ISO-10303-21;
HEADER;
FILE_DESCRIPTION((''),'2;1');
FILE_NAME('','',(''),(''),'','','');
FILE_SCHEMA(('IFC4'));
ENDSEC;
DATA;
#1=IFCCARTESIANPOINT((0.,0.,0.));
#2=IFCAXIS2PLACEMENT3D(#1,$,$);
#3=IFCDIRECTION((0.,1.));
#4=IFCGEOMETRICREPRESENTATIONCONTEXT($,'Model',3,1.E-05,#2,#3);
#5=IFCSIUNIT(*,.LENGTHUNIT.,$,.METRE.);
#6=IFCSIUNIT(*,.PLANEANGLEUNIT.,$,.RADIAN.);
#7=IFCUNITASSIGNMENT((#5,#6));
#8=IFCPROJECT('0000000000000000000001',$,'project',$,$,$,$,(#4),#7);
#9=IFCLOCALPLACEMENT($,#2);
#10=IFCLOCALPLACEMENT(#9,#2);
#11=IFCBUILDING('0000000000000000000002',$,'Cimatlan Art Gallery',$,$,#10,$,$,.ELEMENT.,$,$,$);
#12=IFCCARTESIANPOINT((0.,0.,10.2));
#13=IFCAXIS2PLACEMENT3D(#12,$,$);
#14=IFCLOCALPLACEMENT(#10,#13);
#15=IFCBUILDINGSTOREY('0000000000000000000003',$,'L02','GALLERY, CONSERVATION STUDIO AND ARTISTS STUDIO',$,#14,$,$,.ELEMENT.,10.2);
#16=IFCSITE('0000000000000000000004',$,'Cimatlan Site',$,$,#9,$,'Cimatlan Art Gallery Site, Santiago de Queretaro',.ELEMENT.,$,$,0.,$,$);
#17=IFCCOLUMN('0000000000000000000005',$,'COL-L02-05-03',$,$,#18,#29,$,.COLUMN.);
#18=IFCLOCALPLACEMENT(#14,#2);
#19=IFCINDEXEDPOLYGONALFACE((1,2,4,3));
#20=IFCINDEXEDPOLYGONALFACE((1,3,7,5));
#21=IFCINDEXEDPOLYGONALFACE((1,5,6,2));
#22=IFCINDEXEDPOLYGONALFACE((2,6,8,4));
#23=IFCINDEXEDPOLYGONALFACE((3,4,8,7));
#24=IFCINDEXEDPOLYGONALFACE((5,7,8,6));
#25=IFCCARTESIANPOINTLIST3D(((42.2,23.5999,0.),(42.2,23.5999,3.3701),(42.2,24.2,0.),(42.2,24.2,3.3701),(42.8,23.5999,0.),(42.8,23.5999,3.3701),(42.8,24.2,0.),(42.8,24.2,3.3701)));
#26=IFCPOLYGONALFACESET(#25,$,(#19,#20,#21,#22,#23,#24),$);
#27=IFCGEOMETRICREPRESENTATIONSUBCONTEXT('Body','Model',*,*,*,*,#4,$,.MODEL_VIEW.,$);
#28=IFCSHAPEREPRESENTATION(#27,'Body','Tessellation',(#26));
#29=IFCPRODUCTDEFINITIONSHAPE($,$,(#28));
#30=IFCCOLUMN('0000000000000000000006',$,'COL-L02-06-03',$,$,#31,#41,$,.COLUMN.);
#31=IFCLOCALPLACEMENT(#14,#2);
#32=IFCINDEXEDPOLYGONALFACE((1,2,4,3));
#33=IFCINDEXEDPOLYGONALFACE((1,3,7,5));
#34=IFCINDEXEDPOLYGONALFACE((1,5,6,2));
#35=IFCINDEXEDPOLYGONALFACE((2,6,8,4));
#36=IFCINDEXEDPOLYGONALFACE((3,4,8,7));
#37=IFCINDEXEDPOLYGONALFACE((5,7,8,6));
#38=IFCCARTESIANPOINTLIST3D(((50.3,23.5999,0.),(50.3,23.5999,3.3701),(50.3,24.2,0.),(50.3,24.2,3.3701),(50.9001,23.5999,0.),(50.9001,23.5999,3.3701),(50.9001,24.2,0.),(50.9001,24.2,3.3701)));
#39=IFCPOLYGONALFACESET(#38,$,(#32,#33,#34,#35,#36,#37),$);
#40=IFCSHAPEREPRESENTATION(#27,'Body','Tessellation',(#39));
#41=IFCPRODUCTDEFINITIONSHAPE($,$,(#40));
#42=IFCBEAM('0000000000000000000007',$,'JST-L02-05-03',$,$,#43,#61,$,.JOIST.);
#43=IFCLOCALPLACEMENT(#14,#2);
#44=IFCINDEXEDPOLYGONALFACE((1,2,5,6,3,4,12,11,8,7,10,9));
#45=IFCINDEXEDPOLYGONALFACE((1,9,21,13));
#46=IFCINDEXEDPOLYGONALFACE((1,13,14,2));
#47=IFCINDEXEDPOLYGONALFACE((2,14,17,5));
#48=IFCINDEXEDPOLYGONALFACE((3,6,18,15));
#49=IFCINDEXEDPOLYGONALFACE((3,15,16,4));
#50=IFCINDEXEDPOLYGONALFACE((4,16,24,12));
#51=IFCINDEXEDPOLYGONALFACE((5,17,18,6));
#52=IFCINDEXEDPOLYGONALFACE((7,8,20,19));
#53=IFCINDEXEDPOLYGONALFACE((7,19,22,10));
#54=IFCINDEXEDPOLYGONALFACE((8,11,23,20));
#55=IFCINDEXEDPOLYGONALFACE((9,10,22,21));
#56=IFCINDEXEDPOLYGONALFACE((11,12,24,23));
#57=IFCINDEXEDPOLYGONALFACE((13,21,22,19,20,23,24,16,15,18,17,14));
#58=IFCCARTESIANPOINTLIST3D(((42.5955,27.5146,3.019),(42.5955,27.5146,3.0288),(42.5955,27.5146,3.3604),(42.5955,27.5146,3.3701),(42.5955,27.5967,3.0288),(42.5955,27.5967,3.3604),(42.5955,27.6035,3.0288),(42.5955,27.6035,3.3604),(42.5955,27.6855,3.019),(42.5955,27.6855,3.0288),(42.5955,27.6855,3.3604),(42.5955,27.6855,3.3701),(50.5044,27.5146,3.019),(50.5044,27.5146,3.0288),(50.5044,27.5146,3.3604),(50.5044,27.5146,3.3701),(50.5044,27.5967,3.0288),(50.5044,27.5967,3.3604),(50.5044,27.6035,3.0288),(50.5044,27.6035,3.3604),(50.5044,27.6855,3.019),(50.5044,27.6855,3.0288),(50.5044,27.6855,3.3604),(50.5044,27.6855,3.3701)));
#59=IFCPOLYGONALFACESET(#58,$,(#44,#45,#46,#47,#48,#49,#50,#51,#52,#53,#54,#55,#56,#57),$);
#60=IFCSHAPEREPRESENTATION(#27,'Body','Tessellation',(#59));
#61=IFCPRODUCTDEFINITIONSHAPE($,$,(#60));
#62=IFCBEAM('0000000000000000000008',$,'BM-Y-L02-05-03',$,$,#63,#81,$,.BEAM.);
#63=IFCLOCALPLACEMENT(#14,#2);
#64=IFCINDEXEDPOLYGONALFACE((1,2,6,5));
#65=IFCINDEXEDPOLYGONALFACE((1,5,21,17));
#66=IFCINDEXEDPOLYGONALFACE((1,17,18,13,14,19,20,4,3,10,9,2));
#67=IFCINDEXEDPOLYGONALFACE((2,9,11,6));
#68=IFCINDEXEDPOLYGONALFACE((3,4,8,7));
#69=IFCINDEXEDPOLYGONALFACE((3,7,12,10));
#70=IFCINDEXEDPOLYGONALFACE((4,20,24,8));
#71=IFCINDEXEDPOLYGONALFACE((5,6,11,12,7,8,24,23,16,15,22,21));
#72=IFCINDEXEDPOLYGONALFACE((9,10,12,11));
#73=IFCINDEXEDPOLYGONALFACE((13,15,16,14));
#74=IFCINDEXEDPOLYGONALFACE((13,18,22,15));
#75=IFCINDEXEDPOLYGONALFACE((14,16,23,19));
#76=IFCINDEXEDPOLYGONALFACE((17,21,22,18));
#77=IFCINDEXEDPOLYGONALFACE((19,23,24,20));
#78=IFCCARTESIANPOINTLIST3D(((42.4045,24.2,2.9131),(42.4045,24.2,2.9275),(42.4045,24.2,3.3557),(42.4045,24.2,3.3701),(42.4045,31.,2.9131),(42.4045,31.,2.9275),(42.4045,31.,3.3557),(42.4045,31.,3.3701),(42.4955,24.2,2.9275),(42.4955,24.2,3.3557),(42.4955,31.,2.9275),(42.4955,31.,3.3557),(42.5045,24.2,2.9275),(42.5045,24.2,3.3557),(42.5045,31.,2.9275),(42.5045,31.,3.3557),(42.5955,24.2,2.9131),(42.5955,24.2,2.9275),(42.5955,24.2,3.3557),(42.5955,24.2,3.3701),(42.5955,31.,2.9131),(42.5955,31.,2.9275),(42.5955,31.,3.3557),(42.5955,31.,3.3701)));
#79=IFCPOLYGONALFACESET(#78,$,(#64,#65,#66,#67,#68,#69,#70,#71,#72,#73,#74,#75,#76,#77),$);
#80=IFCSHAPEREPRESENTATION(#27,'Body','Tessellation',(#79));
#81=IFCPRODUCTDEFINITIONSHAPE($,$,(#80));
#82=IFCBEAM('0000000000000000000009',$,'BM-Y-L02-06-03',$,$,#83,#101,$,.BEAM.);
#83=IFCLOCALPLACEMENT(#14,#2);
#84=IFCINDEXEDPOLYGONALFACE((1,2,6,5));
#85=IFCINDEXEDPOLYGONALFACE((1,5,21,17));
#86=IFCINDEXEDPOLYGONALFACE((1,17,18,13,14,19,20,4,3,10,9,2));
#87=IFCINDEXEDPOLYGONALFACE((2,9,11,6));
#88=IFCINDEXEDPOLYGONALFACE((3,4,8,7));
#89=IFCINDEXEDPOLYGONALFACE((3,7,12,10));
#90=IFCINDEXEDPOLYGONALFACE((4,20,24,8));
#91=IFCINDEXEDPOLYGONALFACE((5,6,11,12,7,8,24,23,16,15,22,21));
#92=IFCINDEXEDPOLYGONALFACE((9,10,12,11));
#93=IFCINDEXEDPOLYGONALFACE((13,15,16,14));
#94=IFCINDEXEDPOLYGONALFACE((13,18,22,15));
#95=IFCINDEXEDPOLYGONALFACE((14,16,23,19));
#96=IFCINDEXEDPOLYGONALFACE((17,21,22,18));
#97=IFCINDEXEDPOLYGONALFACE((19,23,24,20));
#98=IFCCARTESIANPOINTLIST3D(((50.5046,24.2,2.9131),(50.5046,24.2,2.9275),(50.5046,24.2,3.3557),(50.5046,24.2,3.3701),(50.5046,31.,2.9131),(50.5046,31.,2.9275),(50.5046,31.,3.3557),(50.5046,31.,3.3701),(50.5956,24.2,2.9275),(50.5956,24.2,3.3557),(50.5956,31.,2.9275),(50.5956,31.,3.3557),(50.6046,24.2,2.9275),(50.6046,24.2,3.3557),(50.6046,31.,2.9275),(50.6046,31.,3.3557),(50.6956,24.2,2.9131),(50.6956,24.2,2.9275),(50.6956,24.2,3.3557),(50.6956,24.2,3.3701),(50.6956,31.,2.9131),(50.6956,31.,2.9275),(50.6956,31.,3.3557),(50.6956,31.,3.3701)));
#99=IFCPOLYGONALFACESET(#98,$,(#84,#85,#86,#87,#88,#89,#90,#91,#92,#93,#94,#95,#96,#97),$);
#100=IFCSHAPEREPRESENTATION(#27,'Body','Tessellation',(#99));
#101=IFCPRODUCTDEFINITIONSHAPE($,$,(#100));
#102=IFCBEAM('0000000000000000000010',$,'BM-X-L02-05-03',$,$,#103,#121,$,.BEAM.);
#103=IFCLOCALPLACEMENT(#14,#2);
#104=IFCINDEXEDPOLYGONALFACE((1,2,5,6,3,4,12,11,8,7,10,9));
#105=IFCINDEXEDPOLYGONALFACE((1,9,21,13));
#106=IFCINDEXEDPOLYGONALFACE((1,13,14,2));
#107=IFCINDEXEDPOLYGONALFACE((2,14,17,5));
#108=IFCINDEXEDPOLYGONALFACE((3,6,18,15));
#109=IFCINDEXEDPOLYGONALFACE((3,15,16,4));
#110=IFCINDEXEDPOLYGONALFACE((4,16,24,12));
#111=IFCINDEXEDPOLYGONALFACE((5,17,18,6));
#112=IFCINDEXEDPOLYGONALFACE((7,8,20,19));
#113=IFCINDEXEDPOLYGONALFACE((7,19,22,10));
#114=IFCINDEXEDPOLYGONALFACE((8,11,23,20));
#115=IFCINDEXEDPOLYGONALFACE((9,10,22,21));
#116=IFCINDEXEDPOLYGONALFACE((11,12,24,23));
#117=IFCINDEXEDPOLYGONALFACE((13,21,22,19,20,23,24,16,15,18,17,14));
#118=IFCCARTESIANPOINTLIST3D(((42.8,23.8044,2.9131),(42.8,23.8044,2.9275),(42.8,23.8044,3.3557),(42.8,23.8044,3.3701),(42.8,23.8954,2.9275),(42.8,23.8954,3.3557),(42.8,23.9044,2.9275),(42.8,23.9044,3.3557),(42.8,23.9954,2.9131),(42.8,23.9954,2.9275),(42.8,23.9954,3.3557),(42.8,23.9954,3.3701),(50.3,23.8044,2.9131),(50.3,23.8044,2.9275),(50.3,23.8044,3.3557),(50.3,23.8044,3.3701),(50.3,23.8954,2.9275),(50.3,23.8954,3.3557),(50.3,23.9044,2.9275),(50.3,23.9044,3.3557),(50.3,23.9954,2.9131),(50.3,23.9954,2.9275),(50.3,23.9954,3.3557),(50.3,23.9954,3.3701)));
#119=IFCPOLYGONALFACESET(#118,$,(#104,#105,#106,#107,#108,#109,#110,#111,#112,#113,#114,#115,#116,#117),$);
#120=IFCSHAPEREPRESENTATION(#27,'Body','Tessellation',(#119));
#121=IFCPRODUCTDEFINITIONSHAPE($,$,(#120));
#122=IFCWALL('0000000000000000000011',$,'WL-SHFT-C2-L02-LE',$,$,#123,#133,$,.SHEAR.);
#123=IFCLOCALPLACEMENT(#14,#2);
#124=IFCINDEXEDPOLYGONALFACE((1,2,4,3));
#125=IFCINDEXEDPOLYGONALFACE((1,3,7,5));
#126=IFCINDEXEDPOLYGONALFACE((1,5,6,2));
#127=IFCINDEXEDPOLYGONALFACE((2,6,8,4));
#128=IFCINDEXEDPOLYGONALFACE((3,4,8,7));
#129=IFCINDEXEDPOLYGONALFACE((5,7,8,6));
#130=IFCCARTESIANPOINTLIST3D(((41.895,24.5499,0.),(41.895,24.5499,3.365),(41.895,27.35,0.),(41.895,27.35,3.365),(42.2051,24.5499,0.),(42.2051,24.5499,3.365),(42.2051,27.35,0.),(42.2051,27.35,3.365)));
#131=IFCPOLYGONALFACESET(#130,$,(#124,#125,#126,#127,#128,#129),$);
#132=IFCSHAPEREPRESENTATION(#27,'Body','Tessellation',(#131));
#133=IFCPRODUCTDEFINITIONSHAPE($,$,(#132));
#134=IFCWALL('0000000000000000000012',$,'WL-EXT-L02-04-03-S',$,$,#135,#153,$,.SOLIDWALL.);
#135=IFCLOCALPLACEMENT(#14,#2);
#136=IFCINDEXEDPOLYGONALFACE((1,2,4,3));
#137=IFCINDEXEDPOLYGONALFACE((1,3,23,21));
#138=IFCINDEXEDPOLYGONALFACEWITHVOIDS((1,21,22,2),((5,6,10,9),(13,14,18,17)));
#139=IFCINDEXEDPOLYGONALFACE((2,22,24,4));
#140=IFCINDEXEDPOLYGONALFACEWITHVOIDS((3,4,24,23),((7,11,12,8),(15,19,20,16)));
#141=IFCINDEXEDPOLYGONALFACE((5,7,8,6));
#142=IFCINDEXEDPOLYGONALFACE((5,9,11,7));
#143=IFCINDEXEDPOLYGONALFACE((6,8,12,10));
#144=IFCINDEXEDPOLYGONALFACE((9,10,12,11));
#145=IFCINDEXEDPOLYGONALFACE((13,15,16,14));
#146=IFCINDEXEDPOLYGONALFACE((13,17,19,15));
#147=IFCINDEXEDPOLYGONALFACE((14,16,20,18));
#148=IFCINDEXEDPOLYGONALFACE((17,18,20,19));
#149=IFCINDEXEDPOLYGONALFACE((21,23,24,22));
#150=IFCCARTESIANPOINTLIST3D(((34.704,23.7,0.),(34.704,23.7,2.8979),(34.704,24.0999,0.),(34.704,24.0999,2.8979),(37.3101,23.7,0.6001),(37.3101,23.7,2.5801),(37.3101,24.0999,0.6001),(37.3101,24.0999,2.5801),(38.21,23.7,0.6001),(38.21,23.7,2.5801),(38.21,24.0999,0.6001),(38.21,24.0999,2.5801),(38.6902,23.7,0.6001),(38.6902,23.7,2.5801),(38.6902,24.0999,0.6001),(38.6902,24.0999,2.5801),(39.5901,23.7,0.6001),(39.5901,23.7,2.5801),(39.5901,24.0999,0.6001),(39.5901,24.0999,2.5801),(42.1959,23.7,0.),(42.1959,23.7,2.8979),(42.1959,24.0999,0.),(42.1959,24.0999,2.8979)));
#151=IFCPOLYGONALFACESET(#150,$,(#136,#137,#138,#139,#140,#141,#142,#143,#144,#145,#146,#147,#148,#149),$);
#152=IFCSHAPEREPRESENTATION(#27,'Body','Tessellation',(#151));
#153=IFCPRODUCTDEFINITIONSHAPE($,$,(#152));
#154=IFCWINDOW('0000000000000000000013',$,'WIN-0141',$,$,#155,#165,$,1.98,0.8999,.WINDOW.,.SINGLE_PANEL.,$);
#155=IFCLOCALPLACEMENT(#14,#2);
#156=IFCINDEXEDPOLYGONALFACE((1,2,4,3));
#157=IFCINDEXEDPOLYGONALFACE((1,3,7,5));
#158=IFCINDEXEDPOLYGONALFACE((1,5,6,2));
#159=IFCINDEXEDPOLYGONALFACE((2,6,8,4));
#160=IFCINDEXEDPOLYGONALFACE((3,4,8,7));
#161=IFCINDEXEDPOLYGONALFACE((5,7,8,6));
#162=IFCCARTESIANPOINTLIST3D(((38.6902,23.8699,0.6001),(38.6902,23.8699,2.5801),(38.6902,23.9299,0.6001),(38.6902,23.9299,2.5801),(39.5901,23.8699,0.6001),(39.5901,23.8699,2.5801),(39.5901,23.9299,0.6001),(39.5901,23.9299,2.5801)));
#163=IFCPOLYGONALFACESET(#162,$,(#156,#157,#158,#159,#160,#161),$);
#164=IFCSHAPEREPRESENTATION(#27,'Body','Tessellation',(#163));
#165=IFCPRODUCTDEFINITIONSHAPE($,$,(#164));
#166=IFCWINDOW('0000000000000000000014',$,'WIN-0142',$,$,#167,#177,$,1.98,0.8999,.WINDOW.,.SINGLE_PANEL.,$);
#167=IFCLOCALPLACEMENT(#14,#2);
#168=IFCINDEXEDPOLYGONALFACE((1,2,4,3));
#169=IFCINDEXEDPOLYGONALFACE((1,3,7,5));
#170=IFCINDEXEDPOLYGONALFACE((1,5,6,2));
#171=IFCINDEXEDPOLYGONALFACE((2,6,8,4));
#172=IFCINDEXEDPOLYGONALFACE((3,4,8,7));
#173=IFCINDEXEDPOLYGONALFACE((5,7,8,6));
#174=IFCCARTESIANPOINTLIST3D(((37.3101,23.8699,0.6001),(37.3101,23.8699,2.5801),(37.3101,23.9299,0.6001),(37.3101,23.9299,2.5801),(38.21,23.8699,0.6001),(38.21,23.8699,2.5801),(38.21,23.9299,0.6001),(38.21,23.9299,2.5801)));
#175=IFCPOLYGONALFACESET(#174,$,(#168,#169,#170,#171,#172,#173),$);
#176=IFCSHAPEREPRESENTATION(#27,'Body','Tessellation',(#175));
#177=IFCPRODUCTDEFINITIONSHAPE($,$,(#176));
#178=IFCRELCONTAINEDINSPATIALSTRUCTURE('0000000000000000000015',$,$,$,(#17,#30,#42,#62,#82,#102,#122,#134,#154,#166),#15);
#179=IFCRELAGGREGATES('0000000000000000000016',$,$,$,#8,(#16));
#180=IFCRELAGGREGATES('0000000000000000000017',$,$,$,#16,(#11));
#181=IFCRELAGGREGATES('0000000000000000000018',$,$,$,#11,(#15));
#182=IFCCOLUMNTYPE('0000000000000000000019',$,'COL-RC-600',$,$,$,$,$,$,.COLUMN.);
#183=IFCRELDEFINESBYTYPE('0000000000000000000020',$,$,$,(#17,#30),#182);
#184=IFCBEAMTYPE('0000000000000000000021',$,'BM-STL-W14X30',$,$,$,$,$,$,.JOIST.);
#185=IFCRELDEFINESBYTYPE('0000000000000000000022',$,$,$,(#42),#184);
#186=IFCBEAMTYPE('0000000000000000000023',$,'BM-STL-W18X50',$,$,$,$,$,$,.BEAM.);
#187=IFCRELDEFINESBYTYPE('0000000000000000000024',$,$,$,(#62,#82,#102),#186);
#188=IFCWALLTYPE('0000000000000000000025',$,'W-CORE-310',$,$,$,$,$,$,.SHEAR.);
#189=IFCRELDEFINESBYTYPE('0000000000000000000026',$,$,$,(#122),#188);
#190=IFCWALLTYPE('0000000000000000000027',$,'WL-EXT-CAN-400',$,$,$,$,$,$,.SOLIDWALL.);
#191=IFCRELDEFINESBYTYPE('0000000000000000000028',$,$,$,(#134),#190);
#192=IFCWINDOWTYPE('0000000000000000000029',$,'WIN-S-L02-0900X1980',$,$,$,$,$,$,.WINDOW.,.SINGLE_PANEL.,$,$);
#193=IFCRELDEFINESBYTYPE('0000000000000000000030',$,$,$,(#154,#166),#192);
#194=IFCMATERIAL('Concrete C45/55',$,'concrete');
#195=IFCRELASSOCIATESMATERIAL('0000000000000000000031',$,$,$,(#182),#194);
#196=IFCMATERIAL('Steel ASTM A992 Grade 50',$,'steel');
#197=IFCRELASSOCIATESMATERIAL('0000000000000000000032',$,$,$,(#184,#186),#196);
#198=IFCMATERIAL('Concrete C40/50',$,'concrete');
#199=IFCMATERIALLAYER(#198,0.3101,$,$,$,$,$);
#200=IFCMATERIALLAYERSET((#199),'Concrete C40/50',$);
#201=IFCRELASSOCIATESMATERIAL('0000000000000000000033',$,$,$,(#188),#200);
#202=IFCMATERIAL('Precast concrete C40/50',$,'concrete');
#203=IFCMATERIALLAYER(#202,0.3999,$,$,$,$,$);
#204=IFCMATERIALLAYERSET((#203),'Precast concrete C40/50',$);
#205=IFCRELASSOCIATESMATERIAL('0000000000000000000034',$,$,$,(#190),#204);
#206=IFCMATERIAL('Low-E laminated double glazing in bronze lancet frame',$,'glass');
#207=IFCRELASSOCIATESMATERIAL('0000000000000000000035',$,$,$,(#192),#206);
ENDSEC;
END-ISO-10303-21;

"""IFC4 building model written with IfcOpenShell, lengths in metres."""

from ifc_helpers import new_model, si_unit, direction, frame, frame_2d, origin, origin_2d, place, context, subcontext, project, spatial, rectangle, i_section, extrude, material, layer, layer_set, material_profile, profile_set, type_object, element, fill, save


model = new_model("IFC4")

# Units and contexts
model_context = context("Model", 3, precision=1e-05, world=origin(), true_north=direction((0.0, 1.0)))
body_context = subcontext(model_context, "Body", "Model", "MODEL_VIEW")
ifc_project = project(units=[si_unit("LENGTHUNIT", "METRE"), si_unit("PLANEANGLEUNIT", "RADIAN")], contexts=[model_context])

# Site, building, storey
site_placement = place(None, origin())
site = spatial("IfcSite", under=ifc_project, at=site_placement, Name="Cimatlan Site", LongName="Cimatlan Art Gallery Site, Santiago de Queretaro", CompositionType="ELEMENT", RefElevation=0.0)
building_placement = place(site_placement, origin())
building = spatial("IfcBuilding", under=site, at=building_placement, Name="Cimatlan Art Gallery", CompositionType="ELEMENT")
storey_placement = place(building_placement, frame((0.0, 0.0, 10.2)))
storey = spatial("IfcBuildingStorey", under=building, at=storey_placement, Name="L02", Description="GALLERY, CONSERVATION STUDIO AND ARTISTS STUDIO", CompositionType="ELEMENT", Elevation=10.2)

# Columns
ifc_material_1 = material(Name="Concrete C45/55", Category="concrete")
ifc_material_profile_1 = material_profile(ifc_material_1, rectangle(XDim=0.6001, YDim=0.6001, at=origin_2d()), Name="RC600X600")
ifc_profile_set_1 = profile_set([ifc_material_profile_1], Name="Concrete C45/55")
column_type = type_object("IfcColumnType", Name="COL-RC-600", PredefinedType="COLUMN", material=ifc_profile_set_1)
for number, where, z_axis, x_axis, name in (
    (1, (42.5, 23.8999, 0.0), (0.0, 0.0, 1.0), (1.0, 0.0, 0.0), "COL-L02-05-03"),
    (2, (50.6001, 23.8999, 0.0), (0.0, 0.0, 1.0), (1.0, 0.0, 0.0), "COL-L02-06-03"),
):
    element("IfcColumn", number, at=place(storey_placement, frame(where, z_axis=z_axis, x_axis=x_axis)), inside=storey, type_object=column_type, Name=name, PredefinedType="COLUMN", context=body_context, shape_type="SweptSolid", body=[
        extrude(rectangle(XDim=0.6001, YDim=0.6001, at=origin_2d()), origin(), (0.0, 0.0, 1.0), 3.3701),
    ])

# Beams
ifc_material_2 = material(Name="Steel ASTM A992 Grade 50", Category="steel")
ifc_material_profile_2 = material_profile(ifc_material_2, i_section(OverallWidth=0.1709, OverallDepth=0.3511, WebThickness=0.0068, FlangeThickness=0.0098, at=origin_2d()), Name="W14X30")
ifc_profile_set_2 = profile_set([ifc_material_profile_2], Name="Steel ASTM A992 Grade 50")
beam_type_1 = type_object("IfcBeamType", Name="BM-STL-W14X30", PredefinedType="JOIST", material=ifc_profile_set_2)
beam_1_placement = place(storey_placement, frame((42.5955, 27.6001, 3.1946), z_axis=(1.0, 0.0, 0.0), x_axis=(0.0, 1.0, 0.0)))
element("IfcBeam", 3, at=beam_1_placement, inside=storey, type_object=beam_type_1, Name="JST-L02-05-03", PredefinedType="JOIST", context=body_context, shape_type="SweptSolid", body=[
    extrude(i_section(OverallWidth=0.1709, OverallDepth=0.3511, WebThickness=0.0068, FlangeThickness=0.0098, at=origin_2d()), origin(), (0.0, 0.0, 1.0), 7.9089),
])
ifc_material_profile_3 = material_profile(ifc_material_2, i_section(OverallWidth=0.1909, OverallDepth=0.457, WebThickness=0.009, FlangeThickness=0.0144, at=origin_2d()), Name="W18X50")
ifc_profile_set_3 = profile_set([ifc_material_profile_3], Name="Steel ASTM A992 Grade 50")
beam_type_2 = type_object("IfcBeamType", Name="BM-STL-W18X50", PredefinedType="BEAM", material=ifc_profile_set_3)
for number, where, z_axis, x_axis, name in (
    (4, (42.5, 24.2, 3.1416), (0.0, 1.0, 0.0), (-1.0, 0.0, 0.0), "BM-Y-L02-05-03"),
    (5, (50.6001, 24.2, 3.1416), (0.0, 1.0, 0.0), (-1.0, 0.0, 0.0), "BM-Y-L02-06-03"),
):
    element("IfcBeam", number, at=place(storey_placement, frame(where, z_axis=z_axis, x_axis=x_axis)), inside=storey, type_object=beam_type_2, Name=name, PredefinedType="BEAM", context=body_context, shape_type="SweptSolid", body=[
        extrude(i_section(OverallWidth=0.1909, OverallDepth=0.457, WebThickness=0.009, FlangeThickness=0.0144, at=origin_2d()), origin(), (0.0, 0.0, 1.0), 6.8),
    ])
beam_2_placement = place(storey_placement, frame((42.8, 23.8999, 3.1416), z_axis=(1.0, 0.0, 0.0), x_axis=(0.0, 1.0, 0.0)))
element("IfcBeam", 6, at=beam_2_placement, inside=storey, type_object=beam_type_2, Name="BM-X-L02-05-03", PredefinedType="BEAM", context=body_context, shape_type="SweptSolid", body=[
    extrude(i_section(OverallWidth=0.1909, OverallDepth=0.457, WebThickness=0.009, FlangeThickness=0.0144, at=origin_2d()), origin(), (0.0, 0.0, 1.0), 7.5),
])

# Wall
ifc_material_3 = material(Name="Concrete C40/50", Category="concrete")
ifc_layer_1 = layer(ifc_material_3, 0.3101)
ifc_layer_set_1 = layer_set([ifc_layer_1], Name="Concrete C40/50")
wall_type_1 = type_object("IfcWallType", Name="W-CORE-310", PredefinedType="SHEAR", material=ifc_layer_set_1)
wall_1_placement = place(storey_placement, frame((42.05, 24.55, 0.0), z_axis=(0.0, 0.0, 1.0), x_axis=(0.0, 1.0, 0.0)))
element("IfcWall", 7, at=wall_1_placement, inside=storey, type_object=wall_type_1, Name="WL-SHFT-C2-L02-LE", PredefinedType="SHEAR", context=body_context, shape_type="SweptSolid", body=[
    extrude(rectangle(XDim=2.8, YDim=0.3101, at=frame_2d((1.3999, 0.0))), origin(), (0.0, 0.0, 1.0), 3.365),
])

# Wall, openings, windows
ifc_material_4 = material(Name="Precast concrete C40/50", Category="concrete")
ifc_layer_2 = layer(ifc_material_4, 0.3999)
ifc_layer_set_2 = layer_set([ifc_layer_2], Name="Precast concrete C40/50")
wall_type_2 = type_object("IfcWallType", Name="WL-EXT-CAN-400", PredefinedType="SOLIDWALL", material=ifc_layer_set_2)
wall_2_placement = place(storey_placement, frame((42.196, 23.8999, 0.0), z_axis=(0.0, 0.0, 1.0), x_axis=(-1.0, 0.0, 0.0)))
wall_2 = element("IfcWall", 8, at=wall_2_placement, inside=storey, type_object=wall_type_2, Name="WL-EXT-L02-04-03-S", PredefinedType="SOLIDWALL", context=body_context, shape_type="SweptSolid", body=[
    extrude(rectangle(XDim=7.4919, YDim=0.3999, at=frame_2d((3.7461, 0.0))), origin(), (0.0, 0.0, 1.0), 2.8979),
])
opening_1_placement = place(wall_2_placement, frame((2.606, 0.0, 0.6001)))
opening_1 = element("IfcOpeningElement", 9, at=opening_1_placement, cuts=wall_2, PredefinedType="OPENING", context=body_context, shape_type="SweptSolid", body=[
    extrude(rectangle(XDim=0.8999, YDim=1.98, at=frame_2d((0.45, 0.99))), frame((0.0, 0.21, 0.0), z_axis=(0.0, -1.0, 0.0), x_axis=(1.0, 0.0, 0.0)), (0.0, 0.0, 1.0), 0.4199),
])
opening_2_placement = place(wall_2_placement, frame((3.9861, 0.0, 0.6001)))
opening_2 = element("IfcOpeningElement", 10, at=opening_2_placement, cuts=wall_2, PredefinedType="OPENING", context=body_context, shape_type="SweptSolid", body=[
    extrude(rectangle(XDim=0.8999, YDim=1.98, at=frame_2d((0.45, 0.99))), frame((0.0, 0.21, 0.0), z_axis=(0.0, -1.0, 0.0), x_axis=(1.0, 0.0, 0.0)), (0.0, 0.0, 1.0), 0.4199),
])
ifc_material_5 = material(Name="Low-E laminated double glazing in bronze lancet frame", Category="glass")
window_type = type_object("IfcWindowType", Name="WIN-S-L02-0900X1980", PartitioningType="SINGLE_PANEL", PredefinedType="WINDOW", material=ifc_material_5)
window_1_placement = place(opening_1_placement, origin())
window_1 = element("IfcWindow", 11, at=window_1_placement, inside=storey, type_object=window_type, Name="WIN-0141", OverallHeight=1.98, OverallWidth=0.8999, PartitioningType="SINGLE_PANEL", PredefinedType="WINDOW", context=body_context, shape_type="SweptSolid", body=[
    extrude(rectangle(XDim=0.8999, YDim=1.98, at=frame_2d((0.45, 0.99))), frame((0.0, 0.03, 0.0), z_axis=(0.0, -1.0, 0.0), x_axis=(1.0, 0.0, 0.0)), (0.0, 0.0, 1.0), 0.0601),
])
fill(opening_1, window_1)
window_2_placement = place(opening_2_placement, origin())
window_2 = element("IfcWindow", 12, at=window_2_placement, inside=storey, type_object=window_type, Name="WIN-0142", OverallHeight=1.98, OverallWidth=0.8999, PartitioningType="SINGLE_PANEL", PredefinedType="WINDOW", context=body_context, shape_type="SweptSolid", body=[
    extrude(rectangle(XDim=0.8999, YDim=1.98, at=frame_2d((0.45, 0.99))), frame((0.0, 0.03, 0.0), z_axis=(0.0, -1.0, 0.0), x_axis=(1.0, 0.0, 0.0)), (0.0, 0.0, 1.0), 0.0601),
])
fill(opening_2, window_2)

save(model, "model.ifc")
